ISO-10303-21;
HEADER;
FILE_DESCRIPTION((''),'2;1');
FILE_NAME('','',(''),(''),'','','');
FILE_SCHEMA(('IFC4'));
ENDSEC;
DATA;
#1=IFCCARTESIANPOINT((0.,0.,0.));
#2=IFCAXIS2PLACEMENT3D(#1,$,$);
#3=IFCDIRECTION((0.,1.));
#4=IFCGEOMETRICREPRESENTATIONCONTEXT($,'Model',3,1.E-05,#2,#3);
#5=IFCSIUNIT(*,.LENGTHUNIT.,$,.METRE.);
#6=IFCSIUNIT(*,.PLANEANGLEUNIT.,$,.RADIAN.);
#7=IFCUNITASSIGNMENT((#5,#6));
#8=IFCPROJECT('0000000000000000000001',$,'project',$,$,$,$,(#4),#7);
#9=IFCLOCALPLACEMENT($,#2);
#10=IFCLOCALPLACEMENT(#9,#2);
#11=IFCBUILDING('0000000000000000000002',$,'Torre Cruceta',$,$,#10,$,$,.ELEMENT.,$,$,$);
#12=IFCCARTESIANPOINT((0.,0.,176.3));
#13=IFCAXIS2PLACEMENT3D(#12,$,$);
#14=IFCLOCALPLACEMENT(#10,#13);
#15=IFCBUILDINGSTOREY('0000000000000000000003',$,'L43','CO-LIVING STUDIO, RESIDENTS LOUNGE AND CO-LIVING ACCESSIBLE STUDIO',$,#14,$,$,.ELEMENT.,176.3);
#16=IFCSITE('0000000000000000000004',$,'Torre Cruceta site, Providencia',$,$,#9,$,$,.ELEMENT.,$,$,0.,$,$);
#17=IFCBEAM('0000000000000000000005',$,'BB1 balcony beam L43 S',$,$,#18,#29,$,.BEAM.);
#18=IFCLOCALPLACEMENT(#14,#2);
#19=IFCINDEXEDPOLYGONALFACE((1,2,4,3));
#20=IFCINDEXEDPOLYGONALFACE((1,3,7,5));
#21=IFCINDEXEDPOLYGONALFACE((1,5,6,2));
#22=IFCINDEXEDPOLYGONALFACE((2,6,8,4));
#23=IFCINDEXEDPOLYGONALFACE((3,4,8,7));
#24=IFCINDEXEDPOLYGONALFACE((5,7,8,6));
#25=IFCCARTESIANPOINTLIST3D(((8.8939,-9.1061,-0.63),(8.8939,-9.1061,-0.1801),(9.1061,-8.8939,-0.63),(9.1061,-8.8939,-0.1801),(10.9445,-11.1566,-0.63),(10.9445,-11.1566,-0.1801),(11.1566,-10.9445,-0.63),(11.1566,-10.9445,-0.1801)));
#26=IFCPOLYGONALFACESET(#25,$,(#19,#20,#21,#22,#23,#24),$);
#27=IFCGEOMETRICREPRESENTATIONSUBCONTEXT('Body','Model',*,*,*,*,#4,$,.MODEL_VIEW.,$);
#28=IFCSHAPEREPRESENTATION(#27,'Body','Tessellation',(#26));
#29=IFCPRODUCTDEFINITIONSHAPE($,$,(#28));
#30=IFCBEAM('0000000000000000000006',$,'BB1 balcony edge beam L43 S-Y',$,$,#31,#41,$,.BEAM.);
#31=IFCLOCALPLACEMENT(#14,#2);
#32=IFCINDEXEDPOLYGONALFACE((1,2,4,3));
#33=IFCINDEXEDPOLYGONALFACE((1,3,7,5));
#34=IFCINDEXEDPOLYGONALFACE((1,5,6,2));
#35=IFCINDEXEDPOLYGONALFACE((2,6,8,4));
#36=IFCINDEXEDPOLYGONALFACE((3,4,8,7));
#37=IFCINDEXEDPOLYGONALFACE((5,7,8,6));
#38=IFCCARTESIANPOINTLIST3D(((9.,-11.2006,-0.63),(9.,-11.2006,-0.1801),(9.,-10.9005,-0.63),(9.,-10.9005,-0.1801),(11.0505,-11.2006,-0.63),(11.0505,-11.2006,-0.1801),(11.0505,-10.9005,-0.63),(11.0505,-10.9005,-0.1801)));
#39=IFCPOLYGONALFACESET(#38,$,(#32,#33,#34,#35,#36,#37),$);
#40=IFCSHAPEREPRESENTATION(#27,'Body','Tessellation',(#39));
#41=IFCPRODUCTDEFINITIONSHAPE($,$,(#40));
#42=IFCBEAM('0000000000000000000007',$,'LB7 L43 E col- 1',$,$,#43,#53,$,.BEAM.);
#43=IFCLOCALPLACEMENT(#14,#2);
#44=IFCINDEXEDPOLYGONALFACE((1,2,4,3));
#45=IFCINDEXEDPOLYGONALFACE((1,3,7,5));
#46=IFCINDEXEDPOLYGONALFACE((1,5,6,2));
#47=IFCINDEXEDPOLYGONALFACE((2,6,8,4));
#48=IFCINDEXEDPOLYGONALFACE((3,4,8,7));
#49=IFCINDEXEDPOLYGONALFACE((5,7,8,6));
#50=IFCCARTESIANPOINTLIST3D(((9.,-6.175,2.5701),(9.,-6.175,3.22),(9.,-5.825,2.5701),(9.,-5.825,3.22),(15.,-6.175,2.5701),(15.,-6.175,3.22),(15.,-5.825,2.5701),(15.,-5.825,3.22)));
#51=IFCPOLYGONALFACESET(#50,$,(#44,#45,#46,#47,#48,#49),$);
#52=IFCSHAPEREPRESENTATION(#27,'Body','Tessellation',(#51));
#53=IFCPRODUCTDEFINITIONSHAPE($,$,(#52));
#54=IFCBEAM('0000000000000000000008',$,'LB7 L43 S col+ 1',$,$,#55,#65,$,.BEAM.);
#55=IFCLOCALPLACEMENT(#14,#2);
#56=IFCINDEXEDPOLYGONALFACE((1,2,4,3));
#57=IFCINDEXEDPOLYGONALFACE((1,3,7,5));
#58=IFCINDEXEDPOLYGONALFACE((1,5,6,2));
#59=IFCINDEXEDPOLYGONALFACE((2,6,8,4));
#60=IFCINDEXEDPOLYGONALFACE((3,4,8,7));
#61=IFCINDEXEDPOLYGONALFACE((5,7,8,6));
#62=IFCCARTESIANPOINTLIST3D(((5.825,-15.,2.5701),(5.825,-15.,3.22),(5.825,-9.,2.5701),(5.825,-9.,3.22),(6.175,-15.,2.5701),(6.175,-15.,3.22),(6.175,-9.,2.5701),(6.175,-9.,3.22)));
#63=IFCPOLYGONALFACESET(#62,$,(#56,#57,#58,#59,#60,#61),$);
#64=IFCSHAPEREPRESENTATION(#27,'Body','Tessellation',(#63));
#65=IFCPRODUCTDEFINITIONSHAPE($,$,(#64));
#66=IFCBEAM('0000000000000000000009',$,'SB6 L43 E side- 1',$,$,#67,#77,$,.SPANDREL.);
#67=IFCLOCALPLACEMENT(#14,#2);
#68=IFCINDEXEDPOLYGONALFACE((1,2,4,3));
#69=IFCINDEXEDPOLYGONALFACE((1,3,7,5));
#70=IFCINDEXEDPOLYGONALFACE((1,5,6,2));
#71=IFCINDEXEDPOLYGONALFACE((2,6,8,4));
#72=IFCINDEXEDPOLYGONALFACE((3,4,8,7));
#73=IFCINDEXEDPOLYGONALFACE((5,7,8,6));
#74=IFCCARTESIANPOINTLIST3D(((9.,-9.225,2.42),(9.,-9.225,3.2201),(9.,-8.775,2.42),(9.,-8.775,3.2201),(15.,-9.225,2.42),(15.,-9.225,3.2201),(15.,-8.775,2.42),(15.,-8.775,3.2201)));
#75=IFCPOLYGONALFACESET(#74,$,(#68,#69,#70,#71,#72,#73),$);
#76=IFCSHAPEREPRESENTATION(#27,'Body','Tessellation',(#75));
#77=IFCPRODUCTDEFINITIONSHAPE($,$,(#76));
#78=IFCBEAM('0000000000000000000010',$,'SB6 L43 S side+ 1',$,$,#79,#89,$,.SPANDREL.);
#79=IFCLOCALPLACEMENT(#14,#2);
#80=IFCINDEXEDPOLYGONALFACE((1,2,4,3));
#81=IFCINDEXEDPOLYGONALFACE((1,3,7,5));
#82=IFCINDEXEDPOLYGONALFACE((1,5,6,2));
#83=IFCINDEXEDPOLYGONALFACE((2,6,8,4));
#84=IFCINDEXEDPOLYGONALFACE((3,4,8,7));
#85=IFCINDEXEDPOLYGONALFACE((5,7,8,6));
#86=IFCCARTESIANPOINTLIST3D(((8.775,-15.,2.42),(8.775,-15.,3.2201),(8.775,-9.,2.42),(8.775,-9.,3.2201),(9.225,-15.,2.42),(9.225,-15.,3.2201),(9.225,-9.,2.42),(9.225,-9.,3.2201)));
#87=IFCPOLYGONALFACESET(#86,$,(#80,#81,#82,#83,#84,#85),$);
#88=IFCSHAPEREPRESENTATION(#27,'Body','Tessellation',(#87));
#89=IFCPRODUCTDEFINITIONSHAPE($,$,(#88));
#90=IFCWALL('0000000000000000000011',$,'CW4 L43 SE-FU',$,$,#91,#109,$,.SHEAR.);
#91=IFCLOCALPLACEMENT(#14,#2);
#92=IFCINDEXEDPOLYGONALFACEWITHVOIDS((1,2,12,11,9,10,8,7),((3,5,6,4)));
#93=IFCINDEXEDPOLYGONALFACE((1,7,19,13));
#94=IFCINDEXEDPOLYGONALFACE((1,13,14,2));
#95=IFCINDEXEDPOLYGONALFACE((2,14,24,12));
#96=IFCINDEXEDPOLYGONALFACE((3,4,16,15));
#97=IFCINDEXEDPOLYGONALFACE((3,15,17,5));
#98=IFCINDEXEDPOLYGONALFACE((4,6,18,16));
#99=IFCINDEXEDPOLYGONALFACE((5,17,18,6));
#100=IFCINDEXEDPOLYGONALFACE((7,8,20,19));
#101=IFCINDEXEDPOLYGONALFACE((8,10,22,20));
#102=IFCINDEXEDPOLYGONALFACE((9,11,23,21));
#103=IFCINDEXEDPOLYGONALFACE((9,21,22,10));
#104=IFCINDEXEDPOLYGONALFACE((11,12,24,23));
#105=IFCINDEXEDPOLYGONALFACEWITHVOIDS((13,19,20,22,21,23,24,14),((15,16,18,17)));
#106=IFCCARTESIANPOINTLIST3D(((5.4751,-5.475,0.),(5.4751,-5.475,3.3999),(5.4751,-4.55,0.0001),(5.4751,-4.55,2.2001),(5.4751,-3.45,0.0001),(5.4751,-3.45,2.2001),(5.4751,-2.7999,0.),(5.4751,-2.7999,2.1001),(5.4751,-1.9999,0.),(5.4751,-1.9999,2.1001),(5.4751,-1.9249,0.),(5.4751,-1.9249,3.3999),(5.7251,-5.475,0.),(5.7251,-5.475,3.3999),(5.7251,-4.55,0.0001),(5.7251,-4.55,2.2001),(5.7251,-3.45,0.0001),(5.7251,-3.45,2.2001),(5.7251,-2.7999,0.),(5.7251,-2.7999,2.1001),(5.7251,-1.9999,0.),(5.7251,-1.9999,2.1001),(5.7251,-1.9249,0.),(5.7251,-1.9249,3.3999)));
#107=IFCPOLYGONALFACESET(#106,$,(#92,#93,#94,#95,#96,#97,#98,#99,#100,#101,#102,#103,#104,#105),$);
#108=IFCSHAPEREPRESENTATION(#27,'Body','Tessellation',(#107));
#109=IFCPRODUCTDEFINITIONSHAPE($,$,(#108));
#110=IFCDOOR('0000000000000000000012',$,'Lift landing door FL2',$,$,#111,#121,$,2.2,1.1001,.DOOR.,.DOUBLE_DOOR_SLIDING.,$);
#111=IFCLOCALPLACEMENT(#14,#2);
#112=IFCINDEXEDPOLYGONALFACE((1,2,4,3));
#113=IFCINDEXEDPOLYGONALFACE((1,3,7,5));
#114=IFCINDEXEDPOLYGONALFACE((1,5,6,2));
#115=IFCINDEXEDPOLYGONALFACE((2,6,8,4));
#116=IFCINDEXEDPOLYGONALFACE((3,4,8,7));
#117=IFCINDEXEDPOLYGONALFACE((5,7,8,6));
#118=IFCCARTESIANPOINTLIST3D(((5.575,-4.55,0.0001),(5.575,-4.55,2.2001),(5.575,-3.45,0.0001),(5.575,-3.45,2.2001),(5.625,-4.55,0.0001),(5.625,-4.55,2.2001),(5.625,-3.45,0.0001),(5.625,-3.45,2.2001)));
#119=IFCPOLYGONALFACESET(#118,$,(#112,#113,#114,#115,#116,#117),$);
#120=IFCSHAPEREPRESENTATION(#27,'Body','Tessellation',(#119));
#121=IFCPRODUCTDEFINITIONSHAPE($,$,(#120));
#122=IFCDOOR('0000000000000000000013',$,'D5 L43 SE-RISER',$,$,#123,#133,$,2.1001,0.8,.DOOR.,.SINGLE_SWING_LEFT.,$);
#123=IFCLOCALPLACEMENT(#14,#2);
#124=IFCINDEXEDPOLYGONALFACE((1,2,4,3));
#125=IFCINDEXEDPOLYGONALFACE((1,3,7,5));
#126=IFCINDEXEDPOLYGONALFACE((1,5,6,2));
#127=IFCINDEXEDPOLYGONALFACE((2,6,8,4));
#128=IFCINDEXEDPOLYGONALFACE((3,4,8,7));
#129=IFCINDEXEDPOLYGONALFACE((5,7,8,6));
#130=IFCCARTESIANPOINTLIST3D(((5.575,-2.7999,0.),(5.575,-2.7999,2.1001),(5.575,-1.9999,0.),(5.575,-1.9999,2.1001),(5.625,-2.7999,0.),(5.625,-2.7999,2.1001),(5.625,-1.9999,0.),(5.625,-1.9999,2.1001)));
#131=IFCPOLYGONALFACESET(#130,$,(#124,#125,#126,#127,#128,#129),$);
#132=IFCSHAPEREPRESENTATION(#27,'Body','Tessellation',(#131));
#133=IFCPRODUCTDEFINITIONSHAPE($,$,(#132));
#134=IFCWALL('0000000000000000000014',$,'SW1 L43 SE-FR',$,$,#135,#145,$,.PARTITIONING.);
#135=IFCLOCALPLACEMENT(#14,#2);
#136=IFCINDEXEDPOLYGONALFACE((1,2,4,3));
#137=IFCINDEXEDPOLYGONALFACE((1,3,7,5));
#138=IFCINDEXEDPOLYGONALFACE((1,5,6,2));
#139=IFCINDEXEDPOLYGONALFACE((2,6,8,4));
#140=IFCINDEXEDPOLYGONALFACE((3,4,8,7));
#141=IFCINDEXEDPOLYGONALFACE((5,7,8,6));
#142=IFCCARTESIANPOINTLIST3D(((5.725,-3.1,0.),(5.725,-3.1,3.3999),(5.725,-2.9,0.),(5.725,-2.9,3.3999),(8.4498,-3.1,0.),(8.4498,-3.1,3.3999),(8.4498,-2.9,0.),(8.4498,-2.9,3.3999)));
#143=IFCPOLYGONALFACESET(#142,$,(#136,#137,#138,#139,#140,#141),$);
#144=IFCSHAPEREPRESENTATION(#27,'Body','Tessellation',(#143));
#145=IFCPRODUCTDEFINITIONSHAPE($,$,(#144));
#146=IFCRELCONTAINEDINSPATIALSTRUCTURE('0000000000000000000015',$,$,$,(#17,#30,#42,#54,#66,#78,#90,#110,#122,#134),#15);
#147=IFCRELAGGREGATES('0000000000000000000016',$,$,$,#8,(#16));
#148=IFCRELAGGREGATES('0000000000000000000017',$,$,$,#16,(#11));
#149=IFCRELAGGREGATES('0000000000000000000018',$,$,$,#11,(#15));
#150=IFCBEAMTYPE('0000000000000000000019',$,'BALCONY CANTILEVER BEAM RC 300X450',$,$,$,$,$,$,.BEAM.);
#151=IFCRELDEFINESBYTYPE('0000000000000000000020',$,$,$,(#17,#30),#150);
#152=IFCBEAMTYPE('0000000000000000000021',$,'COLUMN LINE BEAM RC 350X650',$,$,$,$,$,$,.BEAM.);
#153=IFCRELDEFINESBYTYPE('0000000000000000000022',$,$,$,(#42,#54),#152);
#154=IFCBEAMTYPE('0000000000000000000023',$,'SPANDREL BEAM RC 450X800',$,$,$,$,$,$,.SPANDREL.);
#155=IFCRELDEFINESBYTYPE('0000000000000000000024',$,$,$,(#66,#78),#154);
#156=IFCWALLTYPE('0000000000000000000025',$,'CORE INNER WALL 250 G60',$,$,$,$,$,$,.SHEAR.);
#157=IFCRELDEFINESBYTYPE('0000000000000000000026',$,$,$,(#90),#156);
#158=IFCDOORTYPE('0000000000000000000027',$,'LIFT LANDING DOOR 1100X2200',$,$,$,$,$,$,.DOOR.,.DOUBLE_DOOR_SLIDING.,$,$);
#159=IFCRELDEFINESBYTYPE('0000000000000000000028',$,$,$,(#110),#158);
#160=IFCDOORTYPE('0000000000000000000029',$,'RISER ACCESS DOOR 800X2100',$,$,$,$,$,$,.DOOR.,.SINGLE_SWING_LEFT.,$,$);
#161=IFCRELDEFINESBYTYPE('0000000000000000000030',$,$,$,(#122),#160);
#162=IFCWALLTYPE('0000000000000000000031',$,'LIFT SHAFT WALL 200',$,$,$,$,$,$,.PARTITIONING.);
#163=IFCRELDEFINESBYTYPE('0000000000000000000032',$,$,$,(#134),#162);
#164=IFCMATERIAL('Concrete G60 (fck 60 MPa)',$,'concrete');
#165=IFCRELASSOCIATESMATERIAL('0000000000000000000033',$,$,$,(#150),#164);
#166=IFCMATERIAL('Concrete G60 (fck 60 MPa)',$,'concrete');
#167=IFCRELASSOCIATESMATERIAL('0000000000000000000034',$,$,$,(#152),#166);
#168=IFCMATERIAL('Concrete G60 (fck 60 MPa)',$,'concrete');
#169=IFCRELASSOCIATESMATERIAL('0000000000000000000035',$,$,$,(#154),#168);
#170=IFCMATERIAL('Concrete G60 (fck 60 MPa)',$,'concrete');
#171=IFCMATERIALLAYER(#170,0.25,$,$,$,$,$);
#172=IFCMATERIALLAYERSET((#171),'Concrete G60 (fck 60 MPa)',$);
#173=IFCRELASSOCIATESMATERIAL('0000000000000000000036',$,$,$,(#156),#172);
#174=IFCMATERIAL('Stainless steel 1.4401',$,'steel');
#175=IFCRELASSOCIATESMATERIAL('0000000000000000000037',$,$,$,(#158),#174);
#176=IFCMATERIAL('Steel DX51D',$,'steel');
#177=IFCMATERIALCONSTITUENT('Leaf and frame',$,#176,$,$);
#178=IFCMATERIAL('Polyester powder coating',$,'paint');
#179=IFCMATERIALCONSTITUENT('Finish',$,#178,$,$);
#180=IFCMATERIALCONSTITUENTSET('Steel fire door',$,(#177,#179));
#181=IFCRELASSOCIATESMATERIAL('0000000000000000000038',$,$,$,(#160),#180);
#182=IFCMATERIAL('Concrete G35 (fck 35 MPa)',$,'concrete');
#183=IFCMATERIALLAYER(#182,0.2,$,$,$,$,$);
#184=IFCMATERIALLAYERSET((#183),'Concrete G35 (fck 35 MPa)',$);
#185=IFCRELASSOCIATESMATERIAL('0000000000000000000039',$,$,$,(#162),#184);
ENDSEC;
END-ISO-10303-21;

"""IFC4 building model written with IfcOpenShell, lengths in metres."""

from ifc_helpers import new_model, si_unit, direction, frame, frame_2d, origin, origin_2d, place, context, subcontext, project, spatial, rectangle, extrude, material, layer, layer_set, constituent, constituent_set, material_profile, profile_set, type_object, element, fill, save


model = new_model("IFC4")

# Units and contexts
model_context = context("Model", 3, precision=1e-05, world=origin(), true_north=direction((0.0, 1.0)))
body_context = subcontext(model_context, "Body", "Model", "MODEL_VIEW")
ifc_project = project(units=[si_unit("LENGTHUNIT", "METRE"), si_unit("PLANEANGLEUNIT", "RADIAN")], contexts=[model_context])

# Site, building, storey
site_placement = place(None, origin())
site = spatial("IfcSite", under=ifc_project, at=site_placement, Name="Torre Cruceta site, Providencia", CompositionType="ELEMENT", RefElevation=0.0)
building_placement = place(site_placement, origin())
building = spatial("IfcBuilding", under=site, at=building_placement, Name="Torre Cruceta", CompositionType="ELEMENT")
storey_placement = place(building_placement, frame((0.0, 0.0, 176.3)))
storey = spatial("IfcBuildingStorey", under=building, at=storey_placement, Name="L43", Description="CO-LIVING STUDIO, RESIDENTS LOUNGE AND CO-LIVING ACCESSIBLE STUDIO", CompositionType="ELEMENT", Elevation=176.3)

# Beams
ifc_material_1 = material(Name="Concrete G60 (fck 60 MPa)", Category="concrete")
ifc_material_profile_1 = material_profile(ifc_material_1, rectangle(XDim=0.3, YDim=0.45, at=origin_2d()), Name="RC 300X450")
ifc_profile_set_1 = profile_set([ifc_material_profile_1], Name="Concrete G60 (fck 60 MPa)")
beam_type_1 = type_object("IfcBeamType", Name="BALCONY CANTILEVER BEAM RC 300X450", PredefinedType="BEAM", material=ifc_profile_set_1)
beam_1_placement = place(storey_placement, frame((9.0, -9.0, -0.405), z_axis=(0.707107, -0.707107, 0.0), x_axis=(0.707107, 0.707107, 0.0)))
element("IfcBeam", 1, at=beam_1_placement, inside=storey, type_object=beam_type_1, Name="BB1 balcony beam L43 S", PredefinedType="BEAM", context=body_context, shape_type="SweptSolid", body=[
    extrude(rectangle(XDim=0.3, YDim=0.45, at=origin_2d()), origin(), (0.0, 0.0, 1.0), 2.8999),
])
beam_2_placement = place(storey_placement, frame((9.0, -11.0505, -0.405), z_axis=(1.0, 0.0, 0.0), x_axis=(0.0, 1.0, 0.0)))
element("IfcBeam", 2, at=beam_2_placement, inside=storey, type_object=beam_type_1, Name="BB1 balcony edge beam L43 S-Y", PredefinedType="BEAM", context=body_context, shape_type="SweptSolid", body=[
    extrude(rectangle(XDim=0.3, YDim=0.45, at=origin_2d()), origin(), (0.0, 0.0, 1.0), 2.0505),
])
ifc_material_2 = material(Name="Concrete G60 (fck 60 MPa)", Category="concrete")
ifc_material_profile_2 = material_profile(ifc_material_2, rectangle(XDim=0.3501, YDim=0.6499, at=origin_2d()), Name="RC 350X650")
ifc_profile_set_2 = profile_set([ifc_material_profile_2], Name="Concrete G60 (fck 60 MPa)")
beam_type_2 = type_object("IfcBeamType", Name="COLUMN LINE BEAM RC 350X650", PredefinedType="BEAM", material=ifc_profile_set_2)
for number, where, z_axis, x_axis, name in (
    (3, (9.0, -6.0, 2.895), (1.0, 0.0, 0.0), (0.0, 1.0, 0.0), "LB7 L43 E col- 1"),
    (4, (6.0, -9.0, 2.895), (0.0, -1.0, 0.0), (1.0, 0.0, 0.0), "LB7 L43 S col+ 1"),
):
    element("IfcBeam", number, at=place(storey_placement, frame(where, z_axis=z_axis, x_axis=x_axis)), inside=storey, type_object=beam_type_2, Name=name, PredefinedType="BEAM", context=body_context, shape_type="SweptSolid", body=[
        extrude(rectangle(XDim=0.3501, YDim=0.6499, at=origin_2d()), origin(), (0.0, 0.0, 1.0), 6.0),
    ])
ifc_material_3 = material(Name="Concrete G60 (fck 60 MPa)", Category="concrete")
ifc_material_profile_3 = material_profile(ifc_material_3, rectangle(XDim=0.45, YDim=0.8, at=origin_2d()), Name="RC 450X800")
ifc_profile_set_3 = profile_set([ifc_material_profile_3], Name="Concrete G60 (fck 60 MPa)")
beam_type_3 = type_object("IfcBeamType", Name="SPANDREL BEAM RC 450X800", PredefinedType="SPANDREL", material=ifc_profile_set_3)
for number, where, z_axis, x_axis, name in (
    (5, (9.0, -9.0, 2.8201), (1.0, 0.0, 0.0), (0.0, 1.0, 0.0), "SB6 L43 E side- 1"),
    (6, (9.0, -9.0, 2.8201), (0.0, -1.0, 0.0), (1.0, 0.0, 0.0), "SB6 L43 S side+ 1"),
):
    element("IfcBeam", number, at=place(storey_placement, frame(where, z_axis=z_axis, x_axis=x_axis)), inside=storey, type_object=beam_type_3, Name=name, PredefinedType="SPANDREL", context=body_context, shape_type="SweptSolid", body=[
        extrude(rectangle(XDim=0.45, YDim=0.8, at=origin_2d()), origin(), (0.0, 0.0, 1.0), 6.0),
    ])

# Wall, openings, doors
ifc_material_4 = material(Name="Concrete G60 (fck 60 MPa)", Category="concrete")
ifc_layer_1 = layer(ifc_material_4, 0.25)
ifc_layer_set_1 = layer_set([ifc_layer_1], Name="Concrete G60 (fck 60 MPa)")
wall_type_1 = type_object("IfcWallType", Name="CORE INNER WALL 250 G60", PredefinedType="SHEAR", material=ifc_layer_set_1)
wall_1_placement = place(storey_placement, frame((5.6001, -1.925, 0.0), z_axis=(0.0, 0.0, 1.0), x_axis=(0.0, -1.0, 0.0)))
wall_1 = element("IfcWall", 7, at=wall_1_placement, inside=storey, type_object=wall_type_1, Name="CW4 L43 SE-FU", PredefinedType="SHEAR", context=body_context, shape_type="SweptSolid", body=[
    extrude(rectangle(XDim=3.55, YDim=0.25, at=frame_2d((1.7749, 0.0))), origin(), (0.0, 0.0, 1.0), 3.3999),
])
opening_1_placement = place(wall_1_placement, frame((1.5249, 0.0, 0.0)))
opening_1 = element("IfcOpeningElement", 8, at=opening_1_placement, cuts=wall_1, PredefinedType="OPENING", context=body_context, shape_type="SweptSolid", body=[
    extrude(rectangle(XDim=1.1001, YDim=2.2, at=frame_2d((0.55, 1.1001))), frame((0.0, 0.135, 0.0), z_axis=(0.0, -1.0, 0.0), x_axis=(1.0, 0.0, 0.0)), (0.0, 0.0, 1.0), 0.27),
])
opening_2_placement = place(wall_1_placement, frame((0.075, 0.0, 0.0)))
opening_2 = element("IfcOpeningElement", 9, at=opening_2_placement, cuts=wall_1, PredefinedType="OPENING", context=body_context, shape_type="SweptSolid", body=[
    extrude(rectangle(XDim=0.8, YDim=2.1001, at=frame_2d((0.3999, 1.05))), frame((0.0, 0.135, 0.0), z_axis=(0.0, -1.0, 0.0), x_axis=(1.0, 0.0, 0.0)), (0.0, 0.0, 1.0), 0.27),
])
ifc_material_5 = material(Name="Stainless steel 1.4401", Category="steel")
door_type_1 = type_object("IfcDoorType", Name="LIFT LANDING DOOR 1100X2200", OperationType="DOUBLE_DOOR_SLIDING", PredefinedType="DOOR", material=ifc_material_5)
door_1_placement = place(opening_1_placement, origin())
door_1 = element("IfcDoor", 10, at=door_1_placement, inside=storey, type_object=door_type_1, Name="Lift landing door FL2", OperationType="DOUBLE_DOOR_SLIDING", OverallHeight=2.2, OverallWidth=1.1001, PredefinedType="DOOR", context=body_context, shape_type="SweptSolid", body=[
    extrude(rectangle(XDim=1.1001, YDim=2.2, at=frame_2d((0.55, 1.1001))), frame((0.0, 0.0249, 0.0), z_axis=(0.0, -1.0, 0.0), x_axis=(1.0, 0.0, 0.0)), (0.0, 0.0, 1.0), 0.05),
])
fill(opening_1, door_1)
ifc_material_6 = material(Name="Steel DX51D", Category="steel")
ifc_constituent_1 = constituent(ifc_material_6, Name="Leaf and frame")
ifc_material_7 = material(Name="Polyester powder coating", Category="paint")
ifc_constituent_2 = constituent(ifc_material_7, Name="Finish")
ifc_constituent_set_1 = constituent_set(constituents=[ifc_constituent_1, ifc_constituent_2], Name="Steel fire door")
door_type_2 = type_object("IfcDoorType", Name="RISER ACCESS DOOR 800X2100", OperationType="SINGLE_SWING_LEFT", PredefinedType="DOOR", material=ifc_constituent_set_1)
door_2_placement = place(opening_2_placement, origin())
door_2 = element("IfcDoor", 11, at=door_2_placement, inside=storey, type_object=door_type_2, Name="D5 L43 SE-RISER", OperationType="SINGLE_SWING_LEFT", OverallHeight=2.1001, OverallWidth=0.8, PredefinedType="DOOR", context=body_context, shape_type="SweptSolid", body=[
    extrude(rectangle(XDim=0.8, YDim=2.1001, at=frame_2d((0.3999, 1.05))), frame((0.0, 0.0249, 0.0), z_axis=(0.0, -1.0, 0.0), x_axis=(1.0, 0.0, 0.0)), (0.0, 0.0, 1.0), 0.05),
])
fill(opening_2, door_2)

# Wall
ifc_material_8 = material(Name="Concrete G35 (fck 35 MPa)", Category="concrete")
ifc_layer_2 = layer(ifc_material_8, 0.2)
ifc_layer_set_2 = layer_set([ifc_layer_2], Name="Concrete G35 (fck 35 MPa)")
wall_type_2 = type_object("IfcWallType", Name="LIFT SHAFT WALL 200", PredefinedType="PARTITIONING", material=ifc_layer_set_2)
wall_2_placement = place(storey_placement, frame((5.7251, -3.0, 0.0), z_axis=(0.0, 0.0, 1.0), x_axis=(1.0, 0.0, 0.0)))
element("IfcWall", 12, at=wall_2_placement, inside=storey, type_object=wall_type_2, Name="SW1 L43 SE-FR", PredefinedType="PARTITIONING", context=body_context, shape_type="SweptSolid", body=[
    extrude(rectangle(XDim=2.7249, YDim=0.2, at=frame_2d((1.3623, 0.0))), origin(), (0.0, 0.0, 1.0), 3.3999),
])

save(model, "model.ifc")
